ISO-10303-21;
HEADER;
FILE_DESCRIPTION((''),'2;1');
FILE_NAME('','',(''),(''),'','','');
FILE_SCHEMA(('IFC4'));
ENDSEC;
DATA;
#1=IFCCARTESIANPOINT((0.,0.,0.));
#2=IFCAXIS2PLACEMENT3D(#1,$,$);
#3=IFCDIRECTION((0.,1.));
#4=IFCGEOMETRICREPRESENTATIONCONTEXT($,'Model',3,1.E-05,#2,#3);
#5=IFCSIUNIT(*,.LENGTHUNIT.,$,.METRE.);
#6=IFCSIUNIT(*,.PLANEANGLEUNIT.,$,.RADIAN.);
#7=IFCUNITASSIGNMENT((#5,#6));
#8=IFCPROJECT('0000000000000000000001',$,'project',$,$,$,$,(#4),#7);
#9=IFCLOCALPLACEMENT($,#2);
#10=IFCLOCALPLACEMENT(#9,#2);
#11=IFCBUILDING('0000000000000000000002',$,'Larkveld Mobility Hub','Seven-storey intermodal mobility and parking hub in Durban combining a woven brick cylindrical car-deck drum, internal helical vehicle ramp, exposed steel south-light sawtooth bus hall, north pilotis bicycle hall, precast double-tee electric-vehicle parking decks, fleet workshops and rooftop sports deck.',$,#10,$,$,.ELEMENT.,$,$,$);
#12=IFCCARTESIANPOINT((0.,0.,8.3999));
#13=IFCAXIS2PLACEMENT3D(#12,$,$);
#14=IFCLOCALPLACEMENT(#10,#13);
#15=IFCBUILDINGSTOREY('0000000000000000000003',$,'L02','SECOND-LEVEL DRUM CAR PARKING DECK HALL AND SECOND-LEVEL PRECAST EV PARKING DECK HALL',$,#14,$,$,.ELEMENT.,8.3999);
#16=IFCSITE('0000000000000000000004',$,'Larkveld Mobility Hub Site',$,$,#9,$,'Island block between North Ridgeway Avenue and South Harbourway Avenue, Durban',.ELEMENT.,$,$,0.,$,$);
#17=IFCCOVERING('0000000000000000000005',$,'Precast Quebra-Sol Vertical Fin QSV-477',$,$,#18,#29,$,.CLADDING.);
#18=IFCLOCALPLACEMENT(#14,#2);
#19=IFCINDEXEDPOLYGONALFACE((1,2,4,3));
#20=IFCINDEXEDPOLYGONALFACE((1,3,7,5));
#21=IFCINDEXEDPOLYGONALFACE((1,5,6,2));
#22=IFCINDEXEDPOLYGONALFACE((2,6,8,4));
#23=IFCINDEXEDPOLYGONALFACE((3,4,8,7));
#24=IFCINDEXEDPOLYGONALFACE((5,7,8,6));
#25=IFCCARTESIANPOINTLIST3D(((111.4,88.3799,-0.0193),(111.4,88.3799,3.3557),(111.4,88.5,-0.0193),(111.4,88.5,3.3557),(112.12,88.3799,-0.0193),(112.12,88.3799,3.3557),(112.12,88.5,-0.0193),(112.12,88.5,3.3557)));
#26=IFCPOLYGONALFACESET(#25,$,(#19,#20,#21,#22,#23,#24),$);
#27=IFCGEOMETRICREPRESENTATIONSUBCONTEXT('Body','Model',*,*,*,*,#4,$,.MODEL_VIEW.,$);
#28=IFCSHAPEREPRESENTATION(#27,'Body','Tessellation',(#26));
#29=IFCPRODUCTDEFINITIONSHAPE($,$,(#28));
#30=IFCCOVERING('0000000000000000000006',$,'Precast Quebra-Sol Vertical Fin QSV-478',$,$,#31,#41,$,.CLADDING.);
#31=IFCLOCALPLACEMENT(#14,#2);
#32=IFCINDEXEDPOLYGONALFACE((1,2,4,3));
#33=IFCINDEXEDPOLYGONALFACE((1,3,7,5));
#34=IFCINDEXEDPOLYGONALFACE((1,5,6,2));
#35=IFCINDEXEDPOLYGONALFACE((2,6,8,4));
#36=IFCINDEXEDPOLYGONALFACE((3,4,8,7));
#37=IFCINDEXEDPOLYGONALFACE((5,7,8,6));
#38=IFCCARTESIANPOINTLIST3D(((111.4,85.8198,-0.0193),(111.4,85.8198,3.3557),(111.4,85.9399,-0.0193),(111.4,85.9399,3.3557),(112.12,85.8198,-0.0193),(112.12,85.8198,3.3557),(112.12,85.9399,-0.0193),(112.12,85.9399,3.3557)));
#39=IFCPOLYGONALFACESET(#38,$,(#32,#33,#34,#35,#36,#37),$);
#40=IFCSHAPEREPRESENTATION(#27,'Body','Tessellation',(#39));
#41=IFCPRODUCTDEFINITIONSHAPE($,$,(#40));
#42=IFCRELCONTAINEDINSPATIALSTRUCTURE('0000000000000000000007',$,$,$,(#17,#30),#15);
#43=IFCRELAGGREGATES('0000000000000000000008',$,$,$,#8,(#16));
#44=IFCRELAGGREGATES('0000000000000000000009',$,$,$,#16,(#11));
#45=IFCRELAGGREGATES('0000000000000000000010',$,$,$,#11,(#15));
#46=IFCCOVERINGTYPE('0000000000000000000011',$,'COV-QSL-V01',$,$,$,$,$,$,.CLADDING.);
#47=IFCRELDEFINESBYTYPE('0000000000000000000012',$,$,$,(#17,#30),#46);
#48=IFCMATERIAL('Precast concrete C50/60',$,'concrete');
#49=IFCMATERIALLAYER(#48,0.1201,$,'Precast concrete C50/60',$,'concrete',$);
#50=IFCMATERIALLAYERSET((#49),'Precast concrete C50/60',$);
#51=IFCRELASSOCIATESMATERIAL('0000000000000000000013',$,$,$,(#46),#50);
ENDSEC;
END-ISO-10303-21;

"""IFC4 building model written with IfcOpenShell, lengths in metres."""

from ifc_helpers import new_model, si_unit, direction, frame, origin, origin_2d, place, context, subcontext, project, spatial, rectangle, extrude, material, layer, layer_set, type_object, element, save


model = new_model("IFC4")

# Units and contexts
model_context = context("Model", 3, precision=1e-05, world=origin(), true_north=direction((0.0, 1.0)))
body_context = subcontext(model_context, "Body", "Model", "MODEL_VIEW")
ifc_project = project(units=[si_unit("LENGTHUNIT", "METRE"), si_unit("PLANEANGLEUNIT", "RADIAN")], contexts=[model_context])

# Site, building, storey
site_placement = place(None, origin())
site = spatial("IfcSite", under=ifc_project, at=site_placement, Name="Larkveld Mobility Hub Site", LongName="Island block between North Ridgeway Avenue and South Harbourway Avenue, Durban", CompositionType="ELEMENT", RefElevation=0.0)
building_placement = place(site_placement, origin())
building = spatial("IfcBuilding", under=site, at=building_placement, Name="Larkveld Mobility Hub", Description="Seven-storey intermodal mobility and parking hub in Durban combining a woven brick cylindrical car-deck drum, internal helical vehicle ramp, exposed steel south-light sawtooth bus hall, north pilotis bicycle hall, precast double-tee electric-vehicle parking decks, fleet workshops and rooftop sports deck.", CompositionType="ELEMENT")
storey_placement = place(building_placement, frame((0.0, 0.0, 8.3999)))
storey = spatial("IfcBuildingStorey", under=building, at=storey_placement, Name="L02", Description="SECOND-LEVEL DRUM CAR PARKING DECK HALL AND SECOND-LEVEL PRECAST EV PARKING DECK HALL", CompositionType="ELEMENT", Elevation=8.3999)

# Coverings
ifc_material_1 = material(Name="Precast concrete C50/60", Category="concrete")
ifc_layer_1 = layer(ifc_material_1, 0.1201, Name="Precast concrete C50/60", Category="concrete")
ifc_layer_set_1 = layer_set([ifc_layer_1], Name="Precast concrete C50/60")
covering_type_1 = type_object("IfcCoveringType", Name="COV-QSL-V01", PredefinedType="CLADDING", material=ifc_layer_set_1)
for number, where, z_axis, x_axis, name in (
    (1, (111.76, 88.4399, -0.0193), (0.0, 0.0, 1.0), (0.0, -1.0, 0.0), "Precast Quebra-Sol Vertical Fin QSV-477"),
    (2, (111.76, 85.8799, -0.0193), (0.0, 0.0, 1.0), (0.0, -1.0, 0.0), "Precast Quebra-Sol Vertical Fin QSV-478"),
):
    element("IfcCovering", number, at=place(storey_placement, frame(where, z_axis=z_axis, x_axis=x_axis)), inside=storey, type_object=covering_type_1, Name=name, PredefinedType="CLADDING", context=body_context, shape_type="SweptSolid", body=[
        extrude(rectangle(XDim=0.1201, YDim=0.72, at=origin_2d()), origin(), (0.0, 0.0, 1.0), 3.375),
    ])

save(model, "model.ifc")
